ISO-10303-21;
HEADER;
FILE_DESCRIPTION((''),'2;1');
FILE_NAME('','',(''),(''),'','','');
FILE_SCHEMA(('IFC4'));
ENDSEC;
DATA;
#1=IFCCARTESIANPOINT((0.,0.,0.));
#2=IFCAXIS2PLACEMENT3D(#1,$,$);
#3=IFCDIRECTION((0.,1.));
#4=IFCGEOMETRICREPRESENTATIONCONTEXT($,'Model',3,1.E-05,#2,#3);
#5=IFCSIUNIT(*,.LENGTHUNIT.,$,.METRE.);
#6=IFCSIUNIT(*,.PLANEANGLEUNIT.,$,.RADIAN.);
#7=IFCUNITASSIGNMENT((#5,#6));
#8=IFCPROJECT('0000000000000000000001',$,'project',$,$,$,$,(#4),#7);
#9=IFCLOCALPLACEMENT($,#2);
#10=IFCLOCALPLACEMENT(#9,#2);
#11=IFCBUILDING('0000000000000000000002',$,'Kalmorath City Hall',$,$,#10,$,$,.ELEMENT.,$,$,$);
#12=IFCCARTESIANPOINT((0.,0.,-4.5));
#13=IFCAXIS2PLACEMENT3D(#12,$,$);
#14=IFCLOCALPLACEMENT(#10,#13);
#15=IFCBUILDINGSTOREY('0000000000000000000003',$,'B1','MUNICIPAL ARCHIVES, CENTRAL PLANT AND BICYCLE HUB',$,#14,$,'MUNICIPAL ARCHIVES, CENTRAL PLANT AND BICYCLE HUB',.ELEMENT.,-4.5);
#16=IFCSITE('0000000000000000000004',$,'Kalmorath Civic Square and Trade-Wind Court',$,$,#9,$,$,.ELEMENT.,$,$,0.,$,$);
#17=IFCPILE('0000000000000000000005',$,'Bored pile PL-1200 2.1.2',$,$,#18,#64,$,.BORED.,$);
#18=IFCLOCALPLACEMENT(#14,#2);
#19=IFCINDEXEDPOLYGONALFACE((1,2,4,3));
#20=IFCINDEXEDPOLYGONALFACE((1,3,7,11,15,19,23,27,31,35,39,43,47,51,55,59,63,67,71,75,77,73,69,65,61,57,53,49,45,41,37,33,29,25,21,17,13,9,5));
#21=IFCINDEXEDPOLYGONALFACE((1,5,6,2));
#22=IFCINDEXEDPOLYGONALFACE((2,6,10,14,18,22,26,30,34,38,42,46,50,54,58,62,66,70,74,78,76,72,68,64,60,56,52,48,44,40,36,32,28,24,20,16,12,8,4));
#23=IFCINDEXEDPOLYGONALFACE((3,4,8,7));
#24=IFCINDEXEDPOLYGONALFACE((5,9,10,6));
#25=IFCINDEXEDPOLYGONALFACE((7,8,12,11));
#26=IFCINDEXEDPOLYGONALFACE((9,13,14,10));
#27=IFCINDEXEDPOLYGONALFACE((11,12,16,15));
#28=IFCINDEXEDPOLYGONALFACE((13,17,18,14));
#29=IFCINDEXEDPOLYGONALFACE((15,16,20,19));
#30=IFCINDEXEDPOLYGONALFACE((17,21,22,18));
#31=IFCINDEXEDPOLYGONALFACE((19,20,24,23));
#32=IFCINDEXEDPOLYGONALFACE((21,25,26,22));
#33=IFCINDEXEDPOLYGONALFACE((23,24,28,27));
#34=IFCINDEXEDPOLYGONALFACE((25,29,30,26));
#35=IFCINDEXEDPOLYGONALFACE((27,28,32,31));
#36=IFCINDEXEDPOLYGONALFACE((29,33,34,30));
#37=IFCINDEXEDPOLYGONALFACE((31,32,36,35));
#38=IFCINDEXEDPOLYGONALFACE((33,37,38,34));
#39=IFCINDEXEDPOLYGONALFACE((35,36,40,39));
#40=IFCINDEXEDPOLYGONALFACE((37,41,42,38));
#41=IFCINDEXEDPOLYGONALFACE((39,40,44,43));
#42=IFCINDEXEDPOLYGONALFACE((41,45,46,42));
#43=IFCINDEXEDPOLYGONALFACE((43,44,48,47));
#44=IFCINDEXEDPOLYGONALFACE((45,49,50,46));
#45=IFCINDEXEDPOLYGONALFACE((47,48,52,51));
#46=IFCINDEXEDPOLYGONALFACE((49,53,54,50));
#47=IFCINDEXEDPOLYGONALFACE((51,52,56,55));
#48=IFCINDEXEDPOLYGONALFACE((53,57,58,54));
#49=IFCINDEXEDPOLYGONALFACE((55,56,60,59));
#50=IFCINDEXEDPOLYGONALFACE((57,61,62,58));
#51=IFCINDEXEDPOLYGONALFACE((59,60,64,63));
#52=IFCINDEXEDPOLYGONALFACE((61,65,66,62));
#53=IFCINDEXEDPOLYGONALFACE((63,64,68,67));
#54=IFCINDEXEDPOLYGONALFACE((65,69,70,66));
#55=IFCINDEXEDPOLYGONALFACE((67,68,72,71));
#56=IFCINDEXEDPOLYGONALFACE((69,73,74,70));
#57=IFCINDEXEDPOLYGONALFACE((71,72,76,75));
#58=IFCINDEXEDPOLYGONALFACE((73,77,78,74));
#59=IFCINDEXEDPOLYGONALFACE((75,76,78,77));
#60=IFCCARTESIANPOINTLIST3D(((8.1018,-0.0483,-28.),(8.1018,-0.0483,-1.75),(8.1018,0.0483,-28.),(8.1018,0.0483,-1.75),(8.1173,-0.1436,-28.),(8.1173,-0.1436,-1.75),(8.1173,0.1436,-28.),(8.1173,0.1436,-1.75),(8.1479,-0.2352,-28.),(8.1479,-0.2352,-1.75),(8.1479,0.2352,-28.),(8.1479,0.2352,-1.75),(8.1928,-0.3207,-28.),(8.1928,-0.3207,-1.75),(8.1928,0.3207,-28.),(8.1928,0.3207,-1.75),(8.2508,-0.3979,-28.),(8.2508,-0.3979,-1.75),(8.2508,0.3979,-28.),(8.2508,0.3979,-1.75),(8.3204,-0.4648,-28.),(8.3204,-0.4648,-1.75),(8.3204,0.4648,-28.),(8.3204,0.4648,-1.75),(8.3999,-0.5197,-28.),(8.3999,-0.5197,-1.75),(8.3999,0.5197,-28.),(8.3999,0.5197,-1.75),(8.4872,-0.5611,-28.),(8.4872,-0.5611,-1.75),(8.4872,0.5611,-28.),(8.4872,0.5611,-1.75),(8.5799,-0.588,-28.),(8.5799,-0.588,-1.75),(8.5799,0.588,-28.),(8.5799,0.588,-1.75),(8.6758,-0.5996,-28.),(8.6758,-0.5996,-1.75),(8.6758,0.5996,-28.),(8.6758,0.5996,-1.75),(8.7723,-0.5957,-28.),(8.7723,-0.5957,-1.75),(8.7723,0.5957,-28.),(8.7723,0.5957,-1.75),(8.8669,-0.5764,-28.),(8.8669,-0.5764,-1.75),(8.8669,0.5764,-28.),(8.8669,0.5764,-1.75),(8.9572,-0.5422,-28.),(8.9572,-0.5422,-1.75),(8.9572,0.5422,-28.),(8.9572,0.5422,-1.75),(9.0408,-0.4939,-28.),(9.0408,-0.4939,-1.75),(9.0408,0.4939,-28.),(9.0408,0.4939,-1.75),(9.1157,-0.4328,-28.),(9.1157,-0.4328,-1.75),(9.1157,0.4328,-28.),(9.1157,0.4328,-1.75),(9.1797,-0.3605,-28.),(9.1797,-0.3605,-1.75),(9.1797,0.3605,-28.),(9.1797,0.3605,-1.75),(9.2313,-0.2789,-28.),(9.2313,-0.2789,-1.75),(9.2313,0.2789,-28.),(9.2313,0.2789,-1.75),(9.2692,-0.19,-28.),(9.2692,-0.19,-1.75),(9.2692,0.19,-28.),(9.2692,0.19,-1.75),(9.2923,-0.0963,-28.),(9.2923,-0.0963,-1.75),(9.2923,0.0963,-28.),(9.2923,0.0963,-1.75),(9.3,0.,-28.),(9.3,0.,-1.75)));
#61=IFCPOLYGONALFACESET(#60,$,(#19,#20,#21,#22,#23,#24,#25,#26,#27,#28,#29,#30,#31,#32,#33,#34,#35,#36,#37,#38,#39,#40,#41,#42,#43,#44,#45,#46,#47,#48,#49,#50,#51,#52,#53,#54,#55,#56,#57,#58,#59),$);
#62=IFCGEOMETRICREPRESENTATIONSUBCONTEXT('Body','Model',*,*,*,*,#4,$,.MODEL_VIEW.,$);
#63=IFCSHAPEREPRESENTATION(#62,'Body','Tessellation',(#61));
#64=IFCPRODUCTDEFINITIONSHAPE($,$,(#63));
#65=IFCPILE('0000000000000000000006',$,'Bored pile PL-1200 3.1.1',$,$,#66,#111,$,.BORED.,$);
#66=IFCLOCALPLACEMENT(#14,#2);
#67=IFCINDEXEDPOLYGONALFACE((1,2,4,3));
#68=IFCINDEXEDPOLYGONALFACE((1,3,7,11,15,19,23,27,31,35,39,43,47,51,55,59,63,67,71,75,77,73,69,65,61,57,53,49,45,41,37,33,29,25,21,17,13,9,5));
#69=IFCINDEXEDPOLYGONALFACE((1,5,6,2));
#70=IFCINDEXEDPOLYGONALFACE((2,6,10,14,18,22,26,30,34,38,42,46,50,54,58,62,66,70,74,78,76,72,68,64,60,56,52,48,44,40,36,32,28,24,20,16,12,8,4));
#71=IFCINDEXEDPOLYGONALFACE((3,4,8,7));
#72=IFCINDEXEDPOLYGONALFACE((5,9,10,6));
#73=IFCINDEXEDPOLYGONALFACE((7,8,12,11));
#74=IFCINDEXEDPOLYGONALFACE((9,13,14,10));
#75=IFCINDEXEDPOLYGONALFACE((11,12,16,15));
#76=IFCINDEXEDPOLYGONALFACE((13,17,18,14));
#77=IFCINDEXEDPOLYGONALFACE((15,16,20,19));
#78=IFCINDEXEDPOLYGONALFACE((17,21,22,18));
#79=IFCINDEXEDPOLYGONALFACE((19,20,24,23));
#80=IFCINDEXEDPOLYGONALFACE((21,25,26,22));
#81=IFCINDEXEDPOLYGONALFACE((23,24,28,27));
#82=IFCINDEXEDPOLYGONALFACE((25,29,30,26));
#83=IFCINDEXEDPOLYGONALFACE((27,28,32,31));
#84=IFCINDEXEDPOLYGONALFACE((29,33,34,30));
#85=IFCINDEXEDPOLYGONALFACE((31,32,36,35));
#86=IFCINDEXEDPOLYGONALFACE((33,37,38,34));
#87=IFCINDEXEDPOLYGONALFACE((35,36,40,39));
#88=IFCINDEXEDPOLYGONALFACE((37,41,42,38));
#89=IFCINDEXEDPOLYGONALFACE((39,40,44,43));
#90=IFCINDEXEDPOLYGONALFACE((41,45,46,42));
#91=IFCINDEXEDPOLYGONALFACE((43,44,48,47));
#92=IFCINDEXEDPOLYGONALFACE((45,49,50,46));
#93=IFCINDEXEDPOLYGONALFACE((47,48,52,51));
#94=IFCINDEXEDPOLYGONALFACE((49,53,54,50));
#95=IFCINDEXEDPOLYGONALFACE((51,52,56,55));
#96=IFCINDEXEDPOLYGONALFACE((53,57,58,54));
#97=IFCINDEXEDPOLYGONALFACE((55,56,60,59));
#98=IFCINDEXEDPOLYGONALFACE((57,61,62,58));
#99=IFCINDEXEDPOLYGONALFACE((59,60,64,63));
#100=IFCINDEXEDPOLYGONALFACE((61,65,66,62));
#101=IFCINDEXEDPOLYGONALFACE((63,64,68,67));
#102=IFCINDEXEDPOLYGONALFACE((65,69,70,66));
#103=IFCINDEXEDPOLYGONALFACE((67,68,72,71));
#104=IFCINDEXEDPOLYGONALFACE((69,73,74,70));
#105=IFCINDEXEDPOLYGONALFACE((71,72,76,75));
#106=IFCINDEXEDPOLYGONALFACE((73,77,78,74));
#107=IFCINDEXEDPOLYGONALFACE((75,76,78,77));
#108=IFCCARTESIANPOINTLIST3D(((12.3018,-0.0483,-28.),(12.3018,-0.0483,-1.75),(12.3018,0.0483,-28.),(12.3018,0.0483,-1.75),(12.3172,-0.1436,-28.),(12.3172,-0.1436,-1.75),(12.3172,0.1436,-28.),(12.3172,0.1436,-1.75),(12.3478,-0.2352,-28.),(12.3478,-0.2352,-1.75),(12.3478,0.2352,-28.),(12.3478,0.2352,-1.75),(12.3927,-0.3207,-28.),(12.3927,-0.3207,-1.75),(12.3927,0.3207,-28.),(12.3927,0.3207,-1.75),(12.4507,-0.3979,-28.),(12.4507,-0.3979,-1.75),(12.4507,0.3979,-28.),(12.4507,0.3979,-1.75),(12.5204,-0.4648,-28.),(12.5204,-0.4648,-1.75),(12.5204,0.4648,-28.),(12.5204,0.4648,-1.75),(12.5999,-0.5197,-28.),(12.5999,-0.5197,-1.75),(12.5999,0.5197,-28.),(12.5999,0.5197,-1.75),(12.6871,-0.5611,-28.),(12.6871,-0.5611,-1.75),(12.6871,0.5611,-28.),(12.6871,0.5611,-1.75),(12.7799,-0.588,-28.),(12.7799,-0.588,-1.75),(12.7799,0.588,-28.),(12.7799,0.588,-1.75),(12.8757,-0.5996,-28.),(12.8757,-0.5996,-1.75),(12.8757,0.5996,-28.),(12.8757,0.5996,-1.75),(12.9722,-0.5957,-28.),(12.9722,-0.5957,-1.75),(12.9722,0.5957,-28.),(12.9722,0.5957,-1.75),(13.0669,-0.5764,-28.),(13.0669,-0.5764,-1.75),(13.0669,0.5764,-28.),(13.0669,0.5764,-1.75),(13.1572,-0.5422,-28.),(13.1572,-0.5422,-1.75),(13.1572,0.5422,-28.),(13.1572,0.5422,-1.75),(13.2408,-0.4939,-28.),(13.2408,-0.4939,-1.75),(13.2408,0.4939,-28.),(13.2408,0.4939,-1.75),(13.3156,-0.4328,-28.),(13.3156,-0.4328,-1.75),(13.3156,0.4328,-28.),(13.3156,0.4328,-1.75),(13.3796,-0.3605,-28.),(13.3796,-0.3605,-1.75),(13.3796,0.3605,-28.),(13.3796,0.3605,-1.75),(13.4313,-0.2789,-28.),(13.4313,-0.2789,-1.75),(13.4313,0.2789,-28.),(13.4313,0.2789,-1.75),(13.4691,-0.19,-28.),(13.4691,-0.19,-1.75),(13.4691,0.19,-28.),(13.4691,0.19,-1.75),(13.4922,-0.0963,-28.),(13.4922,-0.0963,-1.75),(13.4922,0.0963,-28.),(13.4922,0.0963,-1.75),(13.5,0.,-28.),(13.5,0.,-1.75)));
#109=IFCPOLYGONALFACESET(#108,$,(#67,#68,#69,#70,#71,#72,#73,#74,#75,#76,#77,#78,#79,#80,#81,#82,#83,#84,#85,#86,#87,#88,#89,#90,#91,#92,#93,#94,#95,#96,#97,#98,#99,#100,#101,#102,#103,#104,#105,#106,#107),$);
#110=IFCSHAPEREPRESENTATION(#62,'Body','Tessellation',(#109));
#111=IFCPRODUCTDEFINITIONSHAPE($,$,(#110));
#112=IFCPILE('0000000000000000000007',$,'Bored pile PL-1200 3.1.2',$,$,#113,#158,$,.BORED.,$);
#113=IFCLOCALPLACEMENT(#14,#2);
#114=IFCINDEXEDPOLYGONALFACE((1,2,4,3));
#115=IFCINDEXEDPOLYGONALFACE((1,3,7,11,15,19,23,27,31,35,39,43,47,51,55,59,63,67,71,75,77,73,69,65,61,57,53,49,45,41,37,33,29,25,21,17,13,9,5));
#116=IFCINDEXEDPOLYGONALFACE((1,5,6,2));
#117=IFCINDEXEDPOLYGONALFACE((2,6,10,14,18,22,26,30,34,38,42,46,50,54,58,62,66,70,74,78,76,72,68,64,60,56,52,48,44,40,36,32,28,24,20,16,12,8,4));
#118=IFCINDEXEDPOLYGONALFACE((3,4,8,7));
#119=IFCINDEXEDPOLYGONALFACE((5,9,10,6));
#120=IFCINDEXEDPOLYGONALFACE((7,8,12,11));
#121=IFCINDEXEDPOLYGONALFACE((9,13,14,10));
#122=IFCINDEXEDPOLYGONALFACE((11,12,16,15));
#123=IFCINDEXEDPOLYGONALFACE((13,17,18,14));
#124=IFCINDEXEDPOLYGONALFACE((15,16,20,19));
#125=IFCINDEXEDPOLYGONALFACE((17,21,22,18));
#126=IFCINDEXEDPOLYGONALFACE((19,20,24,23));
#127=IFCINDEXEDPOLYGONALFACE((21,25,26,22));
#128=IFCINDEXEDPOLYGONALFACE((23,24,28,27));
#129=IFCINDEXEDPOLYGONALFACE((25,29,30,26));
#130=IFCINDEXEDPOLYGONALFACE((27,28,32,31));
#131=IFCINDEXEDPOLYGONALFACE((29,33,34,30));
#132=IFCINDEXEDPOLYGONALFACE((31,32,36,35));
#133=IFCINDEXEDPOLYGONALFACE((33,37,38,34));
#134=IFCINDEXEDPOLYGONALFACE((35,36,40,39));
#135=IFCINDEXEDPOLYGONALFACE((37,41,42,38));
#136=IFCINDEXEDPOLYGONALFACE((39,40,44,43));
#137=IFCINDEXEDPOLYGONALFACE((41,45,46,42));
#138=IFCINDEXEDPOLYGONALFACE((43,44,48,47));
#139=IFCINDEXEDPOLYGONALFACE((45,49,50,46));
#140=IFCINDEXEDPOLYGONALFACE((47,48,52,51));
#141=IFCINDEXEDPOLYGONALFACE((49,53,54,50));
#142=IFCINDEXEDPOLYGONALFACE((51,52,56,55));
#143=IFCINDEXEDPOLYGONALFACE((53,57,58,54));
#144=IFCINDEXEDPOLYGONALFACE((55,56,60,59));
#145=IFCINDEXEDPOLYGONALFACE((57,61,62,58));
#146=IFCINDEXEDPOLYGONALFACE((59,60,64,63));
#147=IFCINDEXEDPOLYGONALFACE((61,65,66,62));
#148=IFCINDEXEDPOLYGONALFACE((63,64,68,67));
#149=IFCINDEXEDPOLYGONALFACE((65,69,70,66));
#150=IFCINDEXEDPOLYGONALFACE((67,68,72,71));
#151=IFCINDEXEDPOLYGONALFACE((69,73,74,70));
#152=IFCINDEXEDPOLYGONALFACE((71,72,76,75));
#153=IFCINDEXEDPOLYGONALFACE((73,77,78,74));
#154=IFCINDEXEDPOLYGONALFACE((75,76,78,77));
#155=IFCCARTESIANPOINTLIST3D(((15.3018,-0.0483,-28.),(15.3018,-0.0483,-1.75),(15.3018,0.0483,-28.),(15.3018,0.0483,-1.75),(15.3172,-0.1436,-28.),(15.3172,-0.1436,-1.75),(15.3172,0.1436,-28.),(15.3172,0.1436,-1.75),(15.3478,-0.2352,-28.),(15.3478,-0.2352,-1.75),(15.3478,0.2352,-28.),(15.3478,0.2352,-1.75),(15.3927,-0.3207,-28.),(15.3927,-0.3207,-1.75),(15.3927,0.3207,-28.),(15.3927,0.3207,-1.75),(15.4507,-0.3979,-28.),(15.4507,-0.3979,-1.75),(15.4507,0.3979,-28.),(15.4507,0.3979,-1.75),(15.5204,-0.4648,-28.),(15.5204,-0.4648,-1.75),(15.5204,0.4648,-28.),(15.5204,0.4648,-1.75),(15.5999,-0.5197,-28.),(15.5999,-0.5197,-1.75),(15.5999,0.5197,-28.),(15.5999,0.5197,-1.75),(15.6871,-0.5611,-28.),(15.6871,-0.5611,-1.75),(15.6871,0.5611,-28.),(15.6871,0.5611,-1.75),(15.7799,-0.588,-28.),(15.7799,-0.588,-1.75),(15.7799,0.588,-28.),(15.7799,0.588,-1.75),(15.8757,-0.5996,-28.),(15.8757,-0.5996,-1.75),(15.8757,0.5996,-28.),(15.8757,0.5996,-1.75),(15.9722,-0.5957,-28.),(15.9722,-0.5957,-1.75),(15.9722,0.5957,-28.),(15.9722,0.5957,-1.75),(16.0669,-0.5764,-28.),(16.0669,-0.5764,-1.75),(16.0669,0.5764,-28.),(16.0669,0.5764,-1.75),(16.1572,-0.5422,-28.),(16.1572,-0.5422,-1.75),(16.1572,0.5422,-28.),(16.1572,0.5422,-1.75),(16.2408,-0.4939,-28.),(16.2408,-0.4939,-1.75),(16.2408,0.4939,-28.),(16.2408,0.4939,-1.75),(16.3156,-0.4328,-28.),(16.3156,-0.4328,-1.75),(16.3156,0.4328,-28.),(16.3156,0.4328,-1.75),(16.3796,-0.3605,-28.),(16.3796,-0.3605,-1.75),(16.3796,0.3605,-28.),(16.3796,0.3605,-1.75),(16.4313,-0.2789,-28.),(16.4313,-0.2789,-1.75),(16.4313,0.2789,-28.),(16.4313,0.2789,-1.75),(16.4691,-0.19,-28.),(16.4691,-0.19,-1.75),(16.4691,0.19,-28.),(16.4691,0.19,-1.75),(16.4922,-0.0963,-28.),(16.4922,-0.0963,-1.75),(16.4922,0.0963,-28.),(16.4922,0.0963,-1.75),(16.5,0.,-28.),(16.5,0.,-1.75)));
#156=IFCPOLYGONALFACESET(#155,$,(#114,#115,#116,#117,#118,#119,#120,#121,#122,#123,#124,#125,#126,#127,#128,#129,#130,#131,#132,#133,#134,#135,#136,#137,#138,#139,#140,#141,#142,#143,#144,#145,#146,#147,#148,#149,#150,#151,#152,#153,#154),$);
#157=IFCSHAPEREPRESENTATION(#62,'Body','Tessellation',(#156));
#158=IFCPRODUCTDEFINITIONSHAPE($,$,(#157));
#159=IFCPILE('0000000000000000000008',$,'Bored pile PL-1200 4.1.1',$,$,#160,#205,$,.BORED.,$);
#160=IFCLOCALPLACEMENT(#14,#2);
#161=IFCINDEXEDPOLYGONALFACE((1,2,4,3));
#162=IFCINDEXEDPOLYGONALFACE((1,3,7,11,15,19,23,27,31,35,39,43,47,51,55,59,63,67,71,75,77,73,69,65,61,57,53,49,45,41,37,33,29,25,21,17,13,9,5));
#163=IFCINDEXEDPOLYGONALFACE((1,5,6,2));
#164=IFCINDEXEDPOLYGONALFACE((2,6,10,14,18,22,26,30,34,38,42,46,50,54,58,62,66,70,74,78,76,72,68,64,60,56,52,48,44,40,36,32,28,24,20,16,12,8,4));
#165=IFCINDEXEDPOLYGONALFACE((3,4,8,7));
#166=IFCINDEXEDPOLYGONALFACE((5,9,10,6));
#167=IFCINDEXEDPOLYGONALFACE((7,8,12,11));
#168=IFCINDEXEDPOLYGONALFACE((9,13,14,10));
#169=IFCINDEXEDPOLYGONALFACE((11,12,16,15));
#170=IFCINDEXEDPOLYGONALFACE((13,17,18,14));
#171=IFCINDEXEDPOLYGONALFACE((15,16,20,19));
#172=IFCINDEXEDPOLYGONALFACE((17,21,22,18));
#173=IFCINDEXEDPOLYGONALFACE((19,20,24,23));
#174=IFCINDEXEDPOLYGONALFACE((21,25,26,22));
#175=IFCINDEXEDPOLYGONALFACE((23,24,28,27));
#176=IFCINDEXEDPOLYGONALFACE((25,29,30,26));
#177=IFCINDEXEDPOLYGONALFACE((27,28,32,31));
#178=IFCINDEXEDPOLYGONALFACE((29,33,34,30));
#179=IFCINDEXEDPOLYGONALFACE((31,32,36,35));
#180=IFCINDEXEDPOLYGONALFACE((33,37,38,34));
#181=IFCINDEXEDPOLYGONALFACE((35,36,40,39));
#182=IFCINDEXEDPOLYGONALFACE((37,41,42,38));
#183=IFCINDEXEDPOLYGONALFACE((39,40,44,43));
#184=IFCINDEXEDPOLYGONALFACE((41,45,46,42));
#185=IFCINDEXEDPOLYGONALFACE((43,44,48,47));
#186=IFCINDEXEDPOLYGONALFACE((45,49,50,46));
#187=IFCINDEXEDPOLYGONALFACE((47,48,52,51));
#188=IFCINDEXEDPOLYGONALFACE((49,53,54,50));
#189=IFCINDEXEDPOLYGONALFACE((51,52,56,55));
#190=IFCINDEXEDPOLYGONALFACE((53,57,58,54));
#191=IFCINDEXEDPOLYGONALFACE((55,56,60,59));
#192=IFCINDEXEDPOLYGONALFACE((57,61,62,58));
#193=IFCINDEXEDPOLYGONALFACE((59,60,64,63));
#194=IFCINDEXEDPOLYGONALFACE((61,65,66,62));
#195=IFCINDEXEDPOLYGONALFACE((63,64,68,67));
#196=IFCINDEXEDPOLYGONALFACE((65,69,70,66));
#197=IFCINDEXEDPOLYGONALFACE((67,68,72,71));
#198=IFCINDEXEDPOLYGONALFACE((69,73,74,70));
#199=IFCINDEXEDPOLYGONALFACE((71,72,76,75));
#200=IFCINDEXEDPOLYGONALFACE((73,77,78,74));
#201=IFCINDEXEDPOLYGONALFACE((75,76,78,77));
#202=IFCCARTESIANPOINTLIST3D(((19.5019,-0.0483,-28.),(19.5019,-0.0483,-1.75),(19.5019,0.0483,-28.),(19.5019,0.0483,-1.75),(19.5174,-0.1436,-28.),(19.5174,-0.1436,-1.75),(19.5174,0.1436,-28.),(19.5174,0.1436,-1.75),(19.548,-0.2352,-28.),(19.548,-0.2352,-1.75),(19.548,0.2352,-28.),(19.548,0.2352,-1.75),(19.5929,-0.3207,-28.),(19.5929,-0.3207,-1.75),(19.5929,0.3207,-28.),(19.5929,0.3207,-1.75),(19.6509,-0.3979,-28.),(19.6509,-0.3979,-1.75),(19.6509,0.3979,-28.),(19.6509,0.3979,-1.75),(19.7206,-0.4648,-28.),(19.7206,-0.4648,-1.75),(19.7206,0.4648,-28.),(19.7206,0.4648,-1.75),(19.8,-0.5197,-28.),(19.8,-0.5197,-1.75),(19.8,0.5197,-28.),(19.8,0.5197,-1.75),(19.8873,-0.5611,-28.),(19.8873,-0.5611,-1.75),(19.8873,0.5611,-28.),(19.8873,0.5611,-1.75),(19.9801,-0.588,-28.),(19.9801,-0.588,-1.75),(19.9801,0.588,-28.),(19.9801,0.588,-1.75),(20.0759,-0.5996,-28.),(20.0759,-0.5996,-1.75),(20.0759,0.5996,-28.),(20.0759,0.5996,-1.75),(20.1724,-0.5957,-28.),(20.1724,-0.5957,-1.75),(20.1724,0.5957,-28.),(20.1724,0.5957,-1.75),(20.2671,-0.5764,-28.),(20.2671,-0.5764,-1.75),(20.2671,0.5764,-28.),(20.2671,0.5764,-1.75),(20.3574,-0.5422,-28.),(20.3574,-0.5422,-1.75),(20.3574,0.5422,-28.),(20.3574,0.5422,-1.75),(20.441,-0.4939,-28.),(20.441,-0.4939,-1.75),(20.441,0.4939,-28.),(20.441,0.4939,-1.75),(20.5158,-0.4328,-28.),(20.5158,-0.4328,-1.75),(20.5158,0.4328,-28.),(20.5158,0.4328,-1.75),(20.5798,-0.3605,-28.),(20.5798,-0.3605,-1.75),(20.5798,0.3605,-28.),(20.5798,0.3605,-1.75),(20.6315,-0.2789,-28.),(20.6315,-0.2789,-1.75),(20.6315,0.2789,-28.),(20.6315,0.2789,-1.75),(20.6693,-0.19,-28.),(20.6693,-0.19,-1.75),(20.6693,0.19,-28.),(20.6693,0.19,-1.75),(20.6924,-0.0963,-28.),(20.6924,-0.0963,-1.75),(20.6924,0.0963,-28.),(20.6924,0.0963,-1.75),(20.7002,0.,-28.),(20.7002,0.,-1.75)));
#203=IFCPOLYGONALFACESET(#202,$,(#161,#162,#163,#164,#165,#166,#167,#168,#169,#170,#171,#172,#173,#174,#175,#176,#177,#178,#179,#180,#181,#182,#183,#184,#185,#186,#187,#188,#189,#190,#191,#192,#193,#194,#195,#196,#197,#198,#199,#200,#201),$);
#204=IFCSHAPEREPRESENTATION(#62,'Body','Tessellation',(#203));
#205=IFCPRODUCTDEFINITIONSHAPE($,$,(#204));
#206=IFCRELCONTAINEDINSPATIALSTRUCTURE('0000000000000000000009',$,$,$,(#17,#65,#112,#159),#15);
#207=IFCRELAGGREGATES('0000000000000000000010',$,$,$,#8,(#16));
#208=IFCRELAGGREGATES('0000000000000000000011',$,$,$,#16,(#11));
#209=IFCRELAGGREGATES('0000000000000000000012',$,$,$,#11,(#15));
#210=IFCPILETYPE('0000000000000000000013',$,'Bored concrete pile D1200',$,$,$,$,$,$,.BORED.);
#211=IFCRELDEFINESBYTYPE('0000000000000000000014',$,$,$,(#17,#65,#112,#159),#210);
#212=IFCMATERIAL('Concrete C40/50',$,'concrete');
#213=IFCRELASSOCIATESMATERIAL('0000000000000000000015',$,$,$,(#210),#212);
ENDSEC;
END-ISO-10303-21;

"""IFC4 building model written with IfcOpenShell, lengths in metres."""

from ifc_helpers import new_model, si_unit, direction, frame, origin, origin_2d, place, context, subcontext, project, spatial, circle, extrude, material, material_profile, profile_set, type_object, element, save


model = new_model("IFC4")

# Units and contexts
model_context = context("Model", 3, precision=1e-05, world=origin(), true_north=direction((0.0, 1.0)))
body_context = subcontext(model_context, "Body", "Model", "MODEL_VIEW")
ifc_project = project(units=[si_unit("LENGTHUNIT", "METRE"), si_unit("PLANEANGLEUNIT", "RADIAN")], contexts=[model_context])

# Site, building, storey
site_placement = place(None, origin())
site = spatial("IfcSite", under=ifc_project, at=site_placement, Name="Kalmorath Civic Square and Trade-Wind Court", CompositionType="ELEMENT", RefElevation=0.0)
building_placement = place(site_placement, origin())
building = spatial("IfcBuilding", under=site, at=building_placement, Name="Kalmorath City Hall", CompositionType="ELEMENT")
storey_placement = place(building_placement, frame((0.0, 0.0, -4.5)))
storey = spatial("IfcBuildingStorey", under=building, at=storey_placement, Name="B1", Description="MUNICIPAL ARCHIVES, CENTRAL PLANT AND BICYCLE HUB", LongName="MUNICIPAL ARCHIVES, CENTRAL PLANT AND BICYCLE HUB", CompositionType="ELEMENT", Elevation=-4.5)

# Piles
ifc_material_1 = material(Name="Concrete C40/50", Category="concrete")
ifc_material_profile_1 = material_profile(ifc_material_1, circle(Radius=0.6001, at=origin_2d()), Name="PILE-D1200")
ifc_profile_set_1 = profile_set([ifc_material_profile_1], Name="Concrete C40/50")
pile_type_1 = type_object("IfcPileType", Name="Bored concrete pile D1200", PredefinedType="BORED", material=ifc_profile_set_1)
for number, where, z_axis, x_axis, name in (
    (1, (8.7, 0.0, -1.75), (0.0, 0.0, -1.0), (1.0, 0.0, 0.0), "Bored pile PL-1200 2.1.2"),
    (2, (12.8999, 0.0, -1.75), (0.0, 0.0, -1.0), (1.0, 0.0, 0.0), "Bored pile PL-1200 3.1.1"),
    (3, (15.8999, 0.0, -1.75), (0.0, 0.0, -1.0), (1.0, 0.0, 0.0), "Bored pile PL-1200 3.1.2"),
    (4, (20.1001, 0.0, -1.75), (0.0, 0.0, -1.0), (1.0, 0.0, 0.0), "Bored pile PL-1200 4.1.1"),
):
    element("IfcPile", number, at=place(storey_placement, frame(where, z_axis=z_axis, x_axis=x_axis)), inside=storey, type_object=pile_type_1, Name=name, PredefinedType="BORED", context=body_context, shape_type="SweptSolid", body=[
        extrude(circle(Radius=0.6001, at=origin_2d()), origin(), (0.0, 0.0, 1.0), 26.25),
    ])

save(model, "model.ifc")
